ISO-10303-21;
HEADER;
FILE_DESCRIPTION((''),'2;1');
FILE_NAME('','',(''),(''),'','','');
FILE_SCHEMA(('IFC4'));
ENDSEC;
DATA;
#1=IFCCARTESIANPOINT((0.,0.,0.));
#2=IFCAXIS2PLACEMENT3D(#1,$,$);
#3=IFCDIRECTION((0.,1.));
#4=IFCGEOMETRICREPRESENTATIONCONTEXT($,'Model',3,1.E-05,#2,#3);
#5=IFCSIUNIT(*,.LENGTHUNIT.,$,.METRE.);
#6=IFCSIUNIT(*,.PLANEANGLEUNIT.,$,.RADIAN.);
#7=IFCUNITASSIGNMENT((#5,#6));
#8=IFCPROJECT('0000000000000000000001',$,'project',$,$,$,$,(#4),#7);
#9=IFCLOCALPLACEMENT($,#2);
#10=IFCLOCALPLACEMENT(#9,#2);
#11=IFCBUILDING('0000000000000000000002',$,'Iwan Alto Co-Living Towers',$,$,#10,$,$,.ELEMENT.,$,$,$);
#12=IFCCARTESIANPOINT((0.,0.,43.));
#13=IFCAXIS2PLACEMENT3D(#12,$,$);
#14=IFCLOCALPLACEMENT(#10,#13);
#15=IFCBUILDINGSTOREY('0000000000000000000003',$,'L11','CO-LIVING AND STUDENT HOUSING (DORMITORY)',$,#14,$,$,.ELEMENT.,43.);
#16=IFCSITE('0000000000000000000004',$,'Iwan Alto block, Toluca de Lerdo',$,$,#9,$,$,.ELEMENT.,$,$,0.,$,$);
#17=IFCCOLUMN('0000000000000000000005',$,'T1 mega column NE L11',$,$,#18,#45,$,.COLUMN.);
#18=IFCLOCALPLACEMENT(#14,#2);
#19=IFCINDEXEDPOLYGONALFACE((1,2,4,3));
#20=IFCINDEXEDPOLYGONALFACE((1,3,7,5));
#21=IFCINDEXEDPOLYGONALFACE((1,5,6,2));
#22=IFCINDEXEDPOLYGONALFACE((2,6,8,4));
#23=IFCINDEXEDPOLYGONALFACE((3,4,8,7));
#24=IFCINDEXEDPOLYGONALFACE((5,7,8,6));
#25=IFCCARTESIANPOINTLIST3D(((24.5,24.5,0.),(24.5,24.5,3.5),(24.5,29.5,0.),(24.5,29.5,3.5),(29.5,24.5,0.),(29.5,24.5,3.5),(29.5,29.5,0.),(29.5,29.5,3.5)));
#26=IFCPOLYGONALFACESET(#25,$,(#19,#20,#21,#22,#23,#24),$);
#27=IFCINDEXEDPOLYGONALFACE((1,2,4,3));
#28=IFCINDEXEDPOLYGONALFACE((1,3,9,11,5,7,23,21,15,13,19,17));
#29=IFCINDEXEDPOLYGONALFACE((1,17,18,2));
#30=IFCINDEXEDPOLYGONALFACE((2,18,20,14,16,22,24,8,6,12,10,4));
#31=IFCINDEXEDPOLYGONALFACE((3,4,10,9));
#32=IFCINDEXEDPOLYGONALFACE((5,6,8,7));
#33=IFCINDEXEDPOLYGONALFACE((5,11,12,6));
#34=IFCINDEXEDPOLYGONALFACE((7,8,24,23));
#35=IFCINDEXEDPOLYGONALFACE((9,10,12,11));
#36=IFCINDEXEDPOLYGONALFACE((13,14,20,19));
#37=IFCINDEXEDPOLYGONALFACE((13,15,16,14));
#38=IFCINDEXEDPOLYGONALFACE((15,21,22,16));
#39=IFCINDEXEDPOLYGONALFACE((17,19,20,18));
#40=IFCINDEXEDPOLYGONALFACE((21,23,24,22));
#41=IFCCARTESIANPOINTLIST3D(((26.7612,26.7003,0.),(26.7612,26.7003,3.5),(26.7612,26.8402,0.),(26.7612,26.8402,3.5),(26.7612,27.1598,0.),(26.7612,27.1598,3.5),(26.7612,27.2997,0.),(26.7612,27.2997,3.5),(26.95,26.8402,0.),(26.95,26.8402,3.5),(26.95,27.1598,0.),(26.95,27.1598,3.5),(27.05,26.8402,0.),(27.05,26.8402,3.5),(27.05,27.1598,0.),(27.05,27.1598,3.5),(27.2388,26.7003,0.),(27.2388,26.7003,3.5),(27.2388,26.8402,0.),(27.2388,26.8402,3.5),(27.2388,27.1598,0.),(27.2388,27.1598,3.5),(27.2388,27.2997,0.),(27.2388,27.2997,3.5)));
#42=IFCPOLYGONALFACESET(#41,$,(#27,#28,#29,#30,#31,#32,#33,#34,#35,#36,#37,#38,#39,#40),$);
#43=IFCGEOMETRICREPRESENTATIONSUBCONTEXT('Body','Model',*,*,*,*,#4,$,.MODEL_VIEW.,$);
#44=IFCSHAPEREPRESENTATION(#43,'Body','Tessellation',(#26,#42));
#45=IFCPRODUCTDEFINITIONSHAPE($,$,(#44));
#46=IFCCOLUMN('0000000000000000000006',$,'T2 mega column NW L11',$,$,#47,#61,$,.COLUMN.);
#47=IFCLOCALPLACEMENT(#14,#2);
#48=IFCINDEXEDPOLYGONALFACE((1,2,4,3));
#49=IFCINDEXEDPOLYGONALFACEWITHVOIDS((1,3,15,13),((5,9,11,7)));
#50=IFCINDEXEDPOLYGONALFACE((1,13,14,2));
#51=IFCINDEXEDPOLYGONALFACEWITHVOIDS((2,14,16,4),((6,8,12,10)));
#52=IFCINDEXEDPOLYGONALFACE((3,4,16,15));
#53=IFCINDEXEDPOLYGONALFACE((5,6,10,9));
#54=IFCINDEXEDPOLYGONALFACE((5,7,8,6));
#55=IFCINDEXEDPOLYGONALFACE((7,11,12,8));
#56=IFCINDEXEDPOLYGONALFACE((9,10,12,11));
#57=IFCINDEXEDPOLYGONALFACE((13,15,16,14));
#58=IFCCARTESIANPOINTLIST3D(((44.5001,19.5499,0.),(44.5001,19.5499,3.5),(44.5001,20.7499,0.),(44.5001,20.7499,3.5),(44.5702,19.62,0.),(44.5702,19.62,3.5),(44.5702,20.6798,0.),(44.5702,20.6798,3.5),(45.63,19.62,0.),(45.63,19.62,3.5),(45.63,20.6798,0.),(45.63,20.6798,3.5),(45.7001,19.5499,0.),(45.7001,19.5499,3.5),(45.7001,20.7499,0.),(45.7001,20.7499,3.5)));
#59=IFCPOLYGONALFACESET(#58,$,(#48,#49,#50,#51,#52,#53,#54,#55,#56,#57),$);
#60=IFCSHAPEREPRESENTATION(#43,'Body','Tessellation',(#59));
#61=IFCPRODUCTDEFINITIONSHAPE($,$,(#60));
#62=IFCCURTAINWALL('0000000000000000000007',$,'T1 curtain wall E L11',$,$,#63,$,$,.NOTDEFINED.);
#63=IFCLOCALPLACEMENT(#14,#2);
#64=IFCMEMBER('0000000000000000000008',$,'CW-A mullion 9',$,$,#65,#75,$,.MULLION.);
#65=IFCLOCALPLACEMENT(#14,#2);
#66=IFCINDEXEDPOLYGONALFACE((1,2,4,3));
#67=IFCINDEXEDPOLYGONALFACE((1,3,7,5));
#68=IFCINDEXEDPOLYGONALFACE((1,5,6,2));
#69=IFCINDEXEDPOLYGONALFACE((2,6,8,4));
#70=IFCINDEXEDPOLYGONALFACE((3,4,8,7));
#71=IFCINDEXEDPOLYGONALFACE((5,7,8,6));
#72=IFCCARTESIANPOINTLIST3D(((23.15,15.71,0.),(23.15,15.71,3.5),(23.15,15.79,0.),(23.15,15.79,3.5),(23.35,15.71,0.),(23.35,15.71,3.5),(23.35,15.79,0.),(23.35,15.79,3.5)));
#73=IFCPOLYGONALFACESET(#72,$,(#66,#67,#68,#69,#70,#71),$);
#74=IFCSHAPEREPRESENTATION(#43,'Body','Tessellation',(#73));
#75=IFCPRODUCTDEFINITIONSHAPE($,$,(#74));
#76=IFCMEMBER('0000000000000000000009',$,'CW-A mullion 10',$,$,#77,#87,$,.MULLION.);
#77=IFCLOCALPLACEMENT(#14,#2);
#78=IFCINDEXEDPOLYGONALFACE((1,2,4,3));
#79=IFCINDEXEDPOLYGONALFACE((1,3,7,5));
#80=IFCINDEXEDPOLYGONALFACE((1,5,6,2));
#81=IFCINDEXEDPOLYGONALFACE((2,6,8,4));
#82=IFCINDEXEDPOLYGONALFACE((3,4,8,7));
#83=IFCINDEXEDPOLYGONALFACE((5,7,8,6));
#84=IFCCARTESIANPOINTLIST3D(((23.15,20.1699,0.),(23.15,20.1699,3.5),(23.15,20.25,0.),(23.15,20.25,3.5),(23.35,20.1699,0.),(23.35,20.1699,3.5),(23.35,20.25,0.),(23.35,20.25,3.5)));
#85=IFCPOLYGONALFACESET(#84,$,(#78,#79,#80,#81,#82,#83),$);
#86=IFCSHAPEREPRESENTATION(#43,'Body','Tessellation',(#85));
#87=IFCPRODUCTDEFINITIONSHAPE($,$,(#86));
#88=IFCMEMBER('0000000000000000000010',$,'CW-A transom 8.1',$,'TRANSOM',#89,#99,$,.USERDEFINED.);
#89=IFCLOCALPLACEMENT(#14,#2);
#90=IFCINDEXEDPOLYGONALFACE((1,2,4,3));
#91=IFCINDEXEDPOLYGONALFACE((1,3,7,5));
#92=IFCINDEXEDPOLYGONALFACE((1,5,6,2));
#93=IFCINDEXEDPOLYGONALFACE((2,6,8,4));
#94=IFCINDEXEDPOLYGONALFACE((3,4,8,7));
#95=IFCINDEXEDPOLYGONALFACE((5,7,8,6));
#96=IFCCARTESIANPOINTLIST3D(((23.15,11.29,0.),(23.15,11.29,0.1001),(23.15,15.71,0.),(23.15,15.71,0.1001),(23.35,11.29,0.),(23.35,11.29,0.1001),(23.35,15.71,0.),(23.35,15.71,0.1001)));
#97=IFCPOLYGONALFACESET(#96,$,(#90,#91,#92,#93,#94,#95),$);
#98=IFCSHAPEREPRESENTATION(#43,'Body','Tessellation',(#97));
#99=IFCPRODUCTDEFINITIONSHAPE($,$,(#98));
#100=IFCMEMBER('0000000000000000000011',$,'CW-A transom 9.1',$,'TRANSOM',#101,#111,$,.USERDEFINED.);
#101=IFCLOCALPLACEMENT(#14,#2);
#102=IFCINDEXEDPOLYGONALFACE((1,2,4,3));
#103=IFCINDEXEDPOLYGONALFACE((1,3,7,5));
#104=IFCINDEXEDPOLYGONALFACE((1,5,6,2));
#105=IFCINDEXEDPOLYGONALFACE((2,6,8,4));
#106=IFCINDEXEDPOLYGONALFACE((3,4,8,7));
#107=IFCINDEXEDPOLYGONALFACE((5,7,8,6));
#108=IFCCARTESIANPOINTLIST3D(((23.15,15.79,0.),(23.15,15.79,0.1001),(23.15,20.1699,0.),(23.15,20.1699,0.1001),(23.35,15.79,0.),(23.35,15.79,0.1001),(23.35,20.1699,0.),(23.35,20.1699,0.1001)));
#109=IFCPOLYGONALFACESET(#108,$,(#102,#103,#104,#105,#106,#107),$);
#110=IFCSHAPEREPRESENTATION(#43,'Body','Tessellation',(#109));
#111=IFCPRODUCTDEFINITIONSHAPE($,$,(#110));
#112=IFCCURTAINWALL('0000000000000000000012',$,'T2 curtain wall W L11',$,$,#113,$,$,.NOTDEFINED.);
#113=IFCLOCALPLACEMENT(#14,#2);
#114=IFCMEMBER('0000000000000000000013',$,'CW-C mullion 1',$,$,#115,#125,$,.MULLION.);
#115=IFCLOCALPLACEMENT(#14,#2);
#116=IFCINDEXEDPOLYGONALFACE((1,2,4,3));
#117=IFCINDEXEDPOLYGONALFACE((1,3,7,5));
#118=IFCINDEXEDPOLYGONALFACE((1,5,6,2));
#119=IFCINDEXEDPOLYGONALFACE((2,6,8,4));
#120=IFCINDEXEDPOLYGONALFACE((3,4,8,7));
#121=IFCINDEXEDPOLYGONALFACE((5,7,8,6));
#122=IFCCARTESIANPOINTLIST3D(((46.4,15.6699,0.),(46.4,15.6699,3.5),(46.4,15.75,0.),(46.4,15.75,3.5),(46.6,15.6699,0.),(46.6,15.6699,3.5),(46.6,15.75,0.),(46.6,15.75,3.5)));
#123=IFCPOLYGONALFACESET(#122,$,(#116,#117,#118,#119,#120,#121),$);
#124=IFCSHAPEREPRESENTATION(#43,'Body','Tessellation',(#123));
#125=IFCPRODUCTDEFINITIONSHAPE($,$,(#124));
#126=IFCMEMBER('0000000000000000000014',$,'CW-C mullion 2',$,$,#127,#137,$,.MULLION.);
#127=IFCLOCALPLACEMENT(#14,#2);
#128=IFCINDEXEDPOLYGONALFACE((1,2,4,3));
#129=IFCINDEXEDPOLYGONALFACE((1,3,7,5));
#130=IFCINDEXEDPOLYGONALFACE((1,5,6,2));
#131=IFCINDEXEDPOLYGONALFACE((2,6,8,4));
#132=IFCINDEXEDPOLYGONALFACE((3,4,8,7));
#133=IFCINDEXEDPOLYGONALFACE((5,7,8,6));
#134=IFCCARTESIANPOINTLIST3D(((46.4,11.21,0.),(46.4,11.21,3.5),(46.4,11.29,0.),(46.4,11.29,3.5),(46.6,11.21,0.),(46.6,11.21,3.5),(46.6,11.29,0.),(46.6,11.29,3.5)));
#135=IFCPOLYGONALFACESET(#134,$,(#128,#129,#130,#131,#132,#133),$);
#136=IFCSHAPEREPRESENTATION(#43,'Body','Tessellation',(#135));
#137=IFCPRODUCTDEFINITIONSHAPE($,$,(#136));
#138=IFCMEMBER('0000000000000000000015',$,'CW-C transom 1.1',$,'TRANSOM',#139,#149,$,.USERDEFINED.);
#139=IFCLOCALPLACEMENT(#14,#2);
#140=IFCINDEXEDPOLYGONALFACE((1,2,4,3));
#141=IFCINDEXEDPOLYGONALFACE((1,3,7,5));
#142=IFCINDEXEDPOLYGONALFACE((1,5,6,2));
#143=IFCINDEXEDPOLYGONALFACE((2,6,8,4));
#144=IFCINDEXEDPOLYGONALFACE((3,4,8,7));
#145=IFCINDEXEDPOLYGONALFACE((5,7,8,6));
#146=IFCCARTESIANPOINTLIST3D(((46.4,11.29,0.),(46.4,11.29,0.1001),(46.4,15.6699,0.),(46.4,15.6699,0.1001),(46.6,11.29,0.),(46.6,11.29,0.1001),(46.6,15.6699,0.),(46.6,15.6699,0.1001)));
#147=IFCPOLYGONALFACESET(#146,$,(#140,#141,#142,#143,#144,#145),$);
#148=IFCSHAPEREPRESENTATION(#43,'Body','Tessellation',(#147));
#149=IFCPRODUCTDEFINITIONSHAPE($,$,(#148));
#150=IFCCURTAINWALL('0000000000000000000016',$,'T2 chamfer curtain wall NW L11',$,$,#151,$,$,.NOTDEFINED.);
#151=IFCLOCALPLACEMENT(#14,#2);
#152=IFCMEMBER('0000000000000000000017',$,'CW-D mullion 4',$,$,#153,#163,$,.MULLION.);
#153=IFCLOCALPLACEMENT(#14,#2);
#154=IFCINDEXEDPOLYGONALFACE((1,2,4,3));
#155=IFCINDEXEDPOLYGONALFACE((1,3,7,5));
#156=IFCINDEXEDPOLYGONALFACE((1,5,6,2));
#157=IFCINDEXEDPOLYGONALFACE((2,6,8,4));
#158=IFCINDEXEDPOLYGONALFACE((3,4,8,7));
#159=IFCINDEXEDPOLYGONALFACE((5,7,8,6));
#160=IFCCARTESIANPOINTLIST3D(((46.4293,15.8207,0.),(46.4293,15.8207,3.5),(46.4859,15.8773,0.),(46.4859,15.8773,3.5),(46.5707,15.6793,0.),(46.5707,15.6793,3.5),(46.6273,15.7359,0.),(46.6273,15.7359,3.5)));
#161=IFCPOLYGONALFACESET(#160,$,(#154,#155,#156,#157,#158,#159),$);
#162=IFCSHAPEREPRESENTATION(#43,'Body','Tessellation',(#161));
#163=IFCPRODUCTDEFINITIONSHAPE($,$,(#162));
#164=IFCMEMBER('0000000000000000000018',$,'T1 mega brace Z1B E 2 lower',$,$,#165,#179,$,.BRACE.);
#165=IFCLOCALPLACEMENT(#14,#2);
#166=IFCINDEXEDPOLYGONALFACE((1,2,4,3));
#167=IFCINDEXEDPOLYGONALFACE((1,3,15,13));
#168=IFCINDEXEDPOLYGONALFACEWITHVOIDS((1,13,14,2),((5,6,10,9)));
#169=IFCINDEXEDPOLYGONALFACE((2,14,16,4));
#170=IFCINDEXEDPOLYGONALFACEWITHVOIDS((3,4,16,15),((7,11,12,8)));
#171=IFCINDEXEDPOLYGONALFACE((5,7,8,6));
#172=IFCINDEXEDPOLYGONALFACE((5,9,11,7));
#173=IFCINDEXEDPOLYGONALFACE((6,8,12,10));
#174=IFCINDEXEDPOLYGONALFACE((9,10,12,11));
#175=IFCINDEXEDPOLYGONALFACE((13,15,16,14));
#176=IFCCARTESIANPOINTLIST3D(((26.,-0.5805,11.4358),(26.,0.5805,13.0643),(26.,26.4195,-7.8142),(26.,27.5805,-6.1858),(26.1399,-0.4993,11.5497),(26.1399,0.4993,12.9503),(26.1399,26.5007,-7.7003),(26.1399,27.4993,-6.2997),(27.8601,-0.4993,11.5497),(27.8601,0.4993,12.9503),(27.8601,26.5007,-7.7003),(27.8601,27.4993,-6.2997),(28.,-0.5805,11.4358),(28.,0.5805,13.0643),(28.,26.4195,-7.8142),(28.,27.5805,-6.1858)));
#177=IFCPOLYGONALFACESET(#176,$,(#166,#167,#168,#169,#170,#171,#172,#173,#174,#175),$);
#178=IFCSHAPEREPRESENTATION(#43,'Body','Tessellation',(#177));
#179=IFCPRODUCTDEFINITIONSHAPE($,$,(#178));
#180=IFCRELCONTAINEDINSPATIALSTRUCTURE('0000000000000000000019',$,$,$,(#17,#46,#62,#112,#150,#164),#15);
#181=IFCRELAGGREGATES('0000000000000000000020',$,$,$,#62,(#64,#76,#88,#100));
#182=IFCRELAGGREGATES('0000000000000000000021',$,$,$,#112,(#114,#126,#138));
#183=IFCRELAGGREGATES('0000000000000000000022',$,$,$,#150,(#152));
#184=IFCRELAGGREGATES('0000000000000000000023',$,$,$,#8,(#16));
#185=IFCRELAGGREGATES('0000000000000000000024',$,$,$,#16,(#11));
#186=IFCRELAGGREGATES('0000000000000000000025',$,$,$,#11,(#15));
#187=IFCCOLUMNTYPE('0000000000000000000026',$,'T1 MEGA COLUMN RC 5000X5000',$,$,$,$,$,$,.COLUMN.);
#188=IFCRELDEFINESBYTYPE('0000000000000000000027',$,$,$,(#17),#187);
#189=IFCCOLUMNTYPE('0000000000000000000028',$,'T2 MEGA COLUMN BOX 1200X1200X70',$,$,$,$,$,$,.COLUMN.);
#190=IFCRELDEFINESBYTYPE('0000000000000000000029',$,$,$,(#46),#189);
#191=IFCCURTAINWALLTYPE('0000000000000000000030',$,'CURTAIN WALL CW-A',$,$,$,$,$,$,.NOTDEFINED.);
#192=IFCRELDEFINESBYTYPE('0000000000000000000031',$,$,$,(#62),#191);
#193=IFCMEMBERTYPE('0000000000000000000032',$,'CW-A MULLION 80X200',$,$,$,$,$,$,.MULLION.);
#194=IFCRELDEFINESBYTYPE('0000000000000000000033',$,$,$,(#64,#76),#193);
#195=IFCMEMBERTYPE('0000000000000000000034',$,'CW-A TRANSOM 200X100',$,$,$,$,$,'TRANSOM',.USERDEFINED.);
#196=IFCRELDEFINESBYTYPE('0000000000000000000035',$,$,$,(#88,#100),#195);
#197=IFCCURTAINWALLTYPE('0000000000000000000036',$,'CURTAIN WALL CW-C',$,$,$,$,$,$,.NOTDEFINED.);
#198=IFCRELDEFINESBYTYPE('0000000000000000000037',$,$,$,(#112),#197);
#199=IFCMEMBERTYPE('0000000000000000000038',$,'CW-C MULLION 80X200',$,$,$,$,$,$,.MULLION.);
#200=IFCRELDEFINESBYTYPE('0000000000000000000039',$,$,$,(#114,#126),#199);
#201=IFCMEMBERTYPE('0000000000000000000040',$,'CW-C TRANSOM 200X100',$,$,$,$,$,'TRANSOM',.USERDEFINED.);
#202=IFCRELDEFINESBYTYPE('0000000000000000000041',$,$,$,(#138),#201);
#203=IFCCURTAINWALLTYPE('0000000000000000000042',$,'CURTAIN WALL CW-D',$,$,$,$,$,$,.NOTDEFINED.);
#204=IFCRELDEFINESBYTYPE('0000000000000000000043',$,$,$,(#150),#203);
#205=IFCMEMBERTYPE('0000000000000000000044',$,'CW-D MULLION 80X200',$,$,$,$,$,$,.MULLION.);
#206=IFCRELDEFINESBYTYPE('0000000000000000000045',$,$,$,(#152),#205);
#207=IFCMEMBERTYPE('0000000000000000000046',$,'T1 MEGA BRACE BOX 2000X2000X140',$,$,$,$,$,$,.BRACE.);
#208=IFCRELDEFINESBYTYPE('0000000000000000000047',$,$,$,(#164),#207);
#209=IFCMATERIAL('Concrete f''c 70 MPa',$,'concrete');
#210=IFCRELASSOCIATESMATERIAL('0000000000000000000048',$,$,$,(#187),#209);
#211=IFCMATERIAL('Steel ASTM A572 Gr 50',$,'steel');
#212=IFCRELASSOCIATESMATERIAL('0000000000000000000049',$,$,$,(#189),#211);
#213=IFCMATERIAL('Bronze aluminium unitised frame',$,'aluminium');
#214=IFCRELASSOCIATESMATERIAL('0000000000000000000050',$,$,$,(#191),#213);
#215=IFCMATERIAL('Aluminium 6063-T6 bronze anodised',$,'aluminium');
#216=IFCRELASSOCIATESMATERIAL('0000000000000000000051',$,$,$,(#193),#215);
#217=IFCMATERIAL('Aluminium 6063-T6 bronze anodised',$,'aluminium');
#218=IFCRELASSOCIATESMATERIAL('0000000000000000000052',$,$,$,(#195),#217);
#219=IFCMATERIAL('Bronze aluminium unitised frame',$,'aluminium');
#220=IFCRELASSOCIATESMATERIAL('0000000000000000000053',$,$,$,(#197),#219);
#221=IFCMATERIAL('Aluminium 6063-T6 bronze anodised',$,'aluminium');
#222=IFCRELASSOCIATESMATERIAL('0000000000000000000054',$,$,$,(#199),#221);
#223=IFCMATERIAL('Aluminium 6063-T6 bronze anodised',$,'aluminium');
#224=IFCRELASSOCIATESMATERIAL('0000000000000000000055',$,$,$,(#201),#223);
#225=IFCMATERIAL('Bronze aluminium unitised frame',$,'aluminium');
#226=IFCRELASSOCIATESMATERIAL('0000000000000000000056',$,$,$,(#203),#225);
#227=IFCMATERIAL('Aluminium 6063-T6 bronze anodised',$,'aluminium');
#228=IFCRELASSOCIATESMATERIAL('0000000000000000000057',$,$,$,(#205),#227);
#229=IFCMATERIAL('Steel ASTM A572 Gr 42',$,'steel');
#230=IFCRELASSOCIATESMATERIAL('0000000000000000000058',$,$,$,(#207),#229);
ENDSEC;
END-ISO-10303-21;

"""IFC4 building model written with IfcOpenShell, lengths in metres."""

from ifc_helpers import new_model, si_unit, direction, frame, origin, origin_2d, place, context, subcontext, project, spatial, rectangle, hollow_rectangle, i_section, extrude, material, material_profile, profile_set, type_object, element, aggregate, save


model = new_model("IFC4")

# Units and contexts
model_context = context("Model", 3, precision=1e-05, world=origin(), true_north=direction((0.0, 1.0)))
body_context = subcontext(model_context, "Body", "Model", "MODEL_VIEW")
ifc_project = project(units=[si_unit("LENGTHUNIT", "METRE"), si_unit("PLANEANGLEUNIT", "RADIAN")], contexts=[model_context])

# Site, building, storey
site_placement = place(None, origin())
site = spatial("IfcSite", under=ifc_project, at=site_placement, Name="Iwan Alto block, Toluca de Lerdo", CompositionType="ELEMENT", RefElevation=0.0)
building_placement = place(site_placement, origin())
building = spatial("IfcBuilding", under=site, at=building_placement, Name="Iwan Alto Co-Living Towers", CompositionType="ELEMENT")
storey_placement = place(building_placement, frame((0.0, 0.0, 43.0)))
storey = spatial("IfcBuildingStorey", under=building, at=storey_placement, Name="L11", Description="CO-LIVING AND STUDENT HOUSING (DORMITORY)", CompositionType="ELEMENT", Elevation=43.0)

# Columns
ifc_material_1 = material(Name="Concrete f'c 70 MPa", Category="concrete")
ifc_material_profile_1 = material_profile(ifc_material_1, rectangle(XDim=5.0, YDim=5.0, at=origin_2d()), Name="RC 5000X5000")
ifc_profile_set_1 = profile_set([ifc_material_profile_1], Name="Concrete f'c 70 MPa")
column_type_1 = type_object("IfcColumnType", Name="T1 MEGA COLUMN RC 5000X5000", PredefinedType="COLUMN", material=ifc_profile_set_1)
column_1_placement = place(storey_placement, frame((27.0, 27.0, 0.0), z_axis=(0.0, 0.0, 1.0), x_axis=(1.0, 0.0, 0.0)))
element("IfcColumn", 1, at=column_1_placement, inside=storey, type_object=column_type_1, Name="T1 mega column NE L11", PredefinedType="COLUMN", context=body_context, shape_type="SweptSolid", body=[
    extrude(rectangle(XDim=5.0, YDim=5.0, at=origin_2d()), origin(), (0.0, 0.0, 1.0), 3.5),
    extrude(i_section(OverallWidth=0.4775, OverallDepth=0.5994, WebThickness=0.1001, FlangeThickness=0.1399, at=origin_2d()), origin(), (0.0, 0.0, 1.0), 3.5),
])
ifc_material_2 = material(Name="Steel ASTM A572 Gr 50", Category="steel")
ifc_material_profile_2 = material_profile(ifc_material_2, hollow_rectangle(XDim=1.2, YDim=1.2, WallThickness=0.0701, at=origin_2d()), Name="BOX 1200X1200X70")
ifc_profile_set_2 = profile_set([ifc_material_profile_2], Name="Steel ASTM A572 Gr 50")
column_type_2 = type_object("IfcColumnType", Name="T2 MEGA COLUMN BOX 1200X1200X70", PredefinedType="COLUMN", material=ifc_profile_set_2)
column_2_placement = place(storey_placement, frame((45.1001, 20.1499, 0.0), z_axis=(0.0, 0.0, 1.0), x_axis=(1.0, 0.0, 0.0)))
element("IfcColumn", 2, at=column_2_placement, inside=storey, type_object=column_type_2, Name="T2 mega column NW L11", PredefinedType="COLUMN", context=body_context, shape_type="SweptSolid", body=[
    extrude(hollow_rectangle(XDim=1.2, YDim=1.2, WallThickness=0.0701, at=origin_2d()), origin(), (0.0, 0.0, 1.0), 3.5),
])

# Curtain walls, members
ifc_material_3 = material(Name="Bronze aluminium unitised frame", Category="aluminium")
curtain_wall_type_1 = type_object("IfcCurtainWallType", Name="CURTAIN WALL CW-A", PredefinedType="NOTDEFINED", material=ifc_material_3)
curtain_wall_1_placement = place(storey_placement, origin())
curtain_wall_1 = element("IfcCurtainWall", 3, at=curtain_wall_1_placement, inside=storey, type_object=curtain_wall_type_1, Name="T1 curtain wall E L11", PredefinedType="NOTDEFINED")
ifc_material_4 = material(Name="Aluminium 6063-T6 bronze anodised", Category="aluminium")
ifc_material_profile_3 = material_profile(ifc_material_4, rectangle(XDim=0.2, YDim=0.0801, at=origin_2d()), Name="AL 80X200")
ifc_profile_set_3 = profile_set([ifc_material_profile_3], Name="Aluminium 6063-T6 bronze anodised")
member_type_1 = type_object("IfcMemberType", Name="CW-A MULLION 80X200", PredefinedType="MULLION", material=ifc_profile_set_3)
member_1_placement = place(storey_placement, frame((23.25, 15.75, 0.0), z_axis=(0.0, 0.0, 1.0), x_axis=(-1.0, 0.0, 0.0)))
member_1 = element("IfcMember", 4, at=member_1_placement, type_object=member_type_1, Name="CW-A mullion 9", PredefinedType="MULLION", context=body_context, shape_type="SweptSolid", body=[
    extrude(rectangle(XDim=0.2, YDim=0.0801, at=origin_2d()), origin(), (0.0, 0.0, 1.0), 3.5),
])
member_2_placement = place(storey_placement, frame((23.25, 20.21, 0.0), z_axis=(0.0, 0.0, 1.0), x_axis=(-1.0, 0.0, 0.0)))
member_2 = element("IfcMember", 5, at=member_2_placement, type_object=member_type_1, Name="CW-A mullion 10", PredefinedType="MULLION", context=body_context, shape_type="SweptSolid", body=[
    extrude(rectangle(XDim=0.2, YDim=0.0801, at=origin_2d()), origin(), (0.0, 0.0, 1.0), 3.5),
])
ifc_material_5 = material(Name="Aluminium 6063-T6 bronze anodised", Category="aluminium")
ifc_material_profile_4 = material_profile(ifc_material_5, rectangle(XDim=0.2, YDim=0.1001, at=origin_2d()), Name="AL 200X100")
ifc_profile_set_4 = profile_set([ifc_material_profile_4], Name="Aluminium 6063-T6 bronze anodised")
member_type_2 = type_object("IfcMemberType", Name="CW-A TRANSOM 200X100", ElementType="TRANSOM", PredefinedType="USERDEFINED", material=ifc_profile_set_4)
member_3_placement = place(storey_placement, frame((23.25, 11.29, 0.05), z_axis=(0.0, 1.0, 0.0), x_axis=(-1.0, 0.0, 0.0)))
member_3 = element("IfcMember", 6, at=member_3_placement, type_object=member_type_2, Name="CW-A transom 8.1", ObjectType="TRANSOM", PredefinedType="USERDEFINED", context=body_context, shape_type="SweptSolid", body=[
    extrude(rectangle(XDim=0.2, YDim=0.1001, at=origin_2d()), origin(), (0.0, 0.0, 1.0), 4.4199),
])
member_4_placement = place(storey_placement, frame((23.25, 15.79, 0.05), z_axis=(0.0, 1.0, 0.0), x_axis=(-1.0, 0.0, 0.0)))
member_4 = element("IfcMember", 7, at=member_4_placement, type_object=member_type_2, Name="CW-A transom 9.1", ObjectType="TRANSOM", PredefinedType="USERDEFINED", context=body_context, shape_type="SweptSolid", body=[
    extrude(rectangle(XDim=0.2, YDim=0.1001, at=origin_2d()), origin(), (0.0, 0.0, 1.0), 4.3799),
])
ifc_material_6 = material(Name="Bronze aluminium unitised frame", Category="aluminium")
curtain_wall_type_2 = type_object("IfcCurtainWallType", Name="CURTAIN WALL CW-C", PredefinedType="NOTDEFINED", material=ifc_material_6)
curtain_wall_2_placement = place(storey_placement, origin())
curtain_wall_2 = element("IfcCurtainWall", 8, at=curtain_wall_2_placement, inside=storey, type_object=curtain_wall_type_2, Name="T2 curtain wall W L11", PredefinedType="NOTDEFINED")
ifc_material_7 = material(Name="Aluminium 6063-T6 bronze anodised", Category="aluminium")
ifc_material_profile_5 = material_profile(ifc_material_7, rectangle(XDim=0.2, YDim=0.0801, at=origin_2d()), Name="AL 80X200")
ifc_profile_set_5 = profile_set([ifc_material_profile_5], Name="Aluminium 6063-T6 bronze anodised")
member_type_3 = type_object("IfcMemberType", Name="CW-C MULLION 80X200", PredefinedType="MULLION", material=ifc_profile_set_5)
member_5_placement = place(storey_placement, frame((46.5, 15.71, 0.0), z_axis=(0.0, 0.0, 1.0), x_axis=(1.0, 0.0, 0.0)))
member_5 = element("IfcMember", 9, at=member_5_placement, type_object=member_type_3, Name="CW-C mullion 1", PredefinedType="MULLION", context=body_context, shape_type="SweptSolid", body=[
    extrude(rectangle(XDim=0.2, YDim=0.0801, at=origin_2d()), origin(), (0.0, 0.0, 1.0), 3.5),
])
member_6_placement = place(storey_placement, frame((46.5, 11.25, 0.0), z_axis=(0.0, 0.0, 1.0), x_axis=(1.0, 0.0, 0.0)))
member_6 = element("IfcMember", 10, at=member_6_placement, type_object=member_type_3, Name="CW-C mullion 2", PredefinedType="MULLION", context=body_context, shape_type="SweptSolid", body=[
    extrude(rectangle(XDim=0.2, YDim=0.0801, at=origin_2d()), origin(), (0.0, 0.0, 1.0), 3.5),
])
ifc_material_8 = material(Name="Aluminium 6063-T6 bronze anodised", Category="aluminium")
ifc_material_profile_6 = material_profile(ifc_material_8, rectangle(XDim=0.2, YDim=0.1001, at=origin_2d()), Name="AL 200X100")
ifc_profile_set_6 = profile_set([ifc_material_profile_6], Name="Aluminium 6063-T6 bronze anodised")
member_type_4 = type_object("IfcMemberType", Name="CW-C TRANSOM 200X100", ElementType="TRANSOM", PredefinedType="USERDEFINED", material=ifc_profile_set_6)
member_7_placement = place(storey_placement, frame((46.5, 15.6699, 0.05), z_axis=(0.0, -1.0, 0.0), x_axis=(1.0, 0.0, 0.0)))
member_7 = element("IfcMember", 11, at=member_7_placement, type_object=member_type_4, Name="CW-C transom 1.1", ObjectType="TRANSOM", PredefinedType="USERDEFINED", context=body_context, shape_type="SweptSolid", body=[
    extrude(rectangle(XDim=0.2, YDim=0.1001, at=origin_2d()), origin(), (0.0, 0.0, 1.0), 4.3799),
])

# Curtain wall, member
ifc_material_9 = material(Name="Bronze aluminium unitised frame", Category="aluminium")
curtain_wall_type_3 = type_object("IfcCurtainWallType", Name="CURTAIN WALL CW-D", PredefinedType="NOTDEFINED", material=ifc_material_9)
curtain_wall_3_placement = place(storey_placement, origin())
curtain_wall_3 = element("IfcCurtainWall", 12, at=curtain_wall_3_placement, inside=storey, type_object=curtain_wall_type_3, Name="T2 chamfer curtain wall NW L11", PredefinedType="NOTDEFINED")
ifc_material_10 = material(Name="Aluminium 6063-T6 bronze anodised", Category="aluminium")
ifc_material_profile_7 = material_profile(ifc_material_10, rectangle(XDim=0.2, YDim=0.0801, at=origin_2d()), Name="AL 80X200")
ifc_profile_set_7 = profile_set([ifc_material_profile_7], Name="Aluminium 6063-T6 bronze anodised")
member_type_5 = type_object("IfcMemberType", Name="CW-D MULLION 80X200", PredefinedType="MULLION", material=ifc_profile_set_7)
member_8_placement = place(storey_placement, frame((46.5283, 15.7783, 0.0), z_axis=(0.0, 0.0, 1.0), x_axis=(0.707107, -0.707107, 0.0)))
member_8 = element("IfcMember", 13, at=member_8_placement, type_object=member_type_5, Name="CW-D mullion 4", PredefinedType="MULLION", context=body_context, shape_type="SweptSolid", body=[
    extrude(rectangle(XDim=0.2, YDim=0.0801, at=origin_2d()), origin(), (0.0, 0.0, 1.0), 3.5),
])

# Member
ifc_material_11 = material(Name="Steel ASTM A572 Gr 42", Category="steel")
ifc_material_profile_8 = material_profile(ifc_material_11, hollow_rectangle(XDim=2.0, YDim=2.0, WallThickness=0.1399, at=origin_2d()), Name="BOX 2000X2000X140")
ifc_profile_set_8 = profile_set([ifc_material_profile_8], Name="Steel ASTM A572 Gr 42")
member_type_6 = type_object("IfcMemberType", Name="T1 MEGA BRACE BOX 2000X2000X140", PredefinedType="BRACE", material=ifc_profile_set_8)
for number, where, z_axis, x_axis, name in (
    (14, (27.0, 27.0, -7.0), (0.0, -0.814243, 0.580525), (1.0, 0.0, 0.0), "T1 mega brace Z1B E 2 lower"),
):
    element("IfcMember", number, at=place(storey_placement, frame(where, z_axis=z_axis, x_axis=x_axis)), inside=storey, type_object=member_type_6, Name=name, PredefinedType="BRACE", context=body_context, shape_type="SweptSolid", body=[
        extrude(hollow_rectangle(XDim=2.0, YDim=2.0, WallThickness=0.1399, at=origin_2d()), origin(), (0.0, 0.0, 1.0), 33.1597),
    ])

aggregate(curtain_wall_1, [member_1, member_2, member_3, member_4])
aggregate(curtain_wall_2, [member_5, member_6, member_7])
aggregate(curtain_wall_3, [member_8])

save(model, "model.ifc")
